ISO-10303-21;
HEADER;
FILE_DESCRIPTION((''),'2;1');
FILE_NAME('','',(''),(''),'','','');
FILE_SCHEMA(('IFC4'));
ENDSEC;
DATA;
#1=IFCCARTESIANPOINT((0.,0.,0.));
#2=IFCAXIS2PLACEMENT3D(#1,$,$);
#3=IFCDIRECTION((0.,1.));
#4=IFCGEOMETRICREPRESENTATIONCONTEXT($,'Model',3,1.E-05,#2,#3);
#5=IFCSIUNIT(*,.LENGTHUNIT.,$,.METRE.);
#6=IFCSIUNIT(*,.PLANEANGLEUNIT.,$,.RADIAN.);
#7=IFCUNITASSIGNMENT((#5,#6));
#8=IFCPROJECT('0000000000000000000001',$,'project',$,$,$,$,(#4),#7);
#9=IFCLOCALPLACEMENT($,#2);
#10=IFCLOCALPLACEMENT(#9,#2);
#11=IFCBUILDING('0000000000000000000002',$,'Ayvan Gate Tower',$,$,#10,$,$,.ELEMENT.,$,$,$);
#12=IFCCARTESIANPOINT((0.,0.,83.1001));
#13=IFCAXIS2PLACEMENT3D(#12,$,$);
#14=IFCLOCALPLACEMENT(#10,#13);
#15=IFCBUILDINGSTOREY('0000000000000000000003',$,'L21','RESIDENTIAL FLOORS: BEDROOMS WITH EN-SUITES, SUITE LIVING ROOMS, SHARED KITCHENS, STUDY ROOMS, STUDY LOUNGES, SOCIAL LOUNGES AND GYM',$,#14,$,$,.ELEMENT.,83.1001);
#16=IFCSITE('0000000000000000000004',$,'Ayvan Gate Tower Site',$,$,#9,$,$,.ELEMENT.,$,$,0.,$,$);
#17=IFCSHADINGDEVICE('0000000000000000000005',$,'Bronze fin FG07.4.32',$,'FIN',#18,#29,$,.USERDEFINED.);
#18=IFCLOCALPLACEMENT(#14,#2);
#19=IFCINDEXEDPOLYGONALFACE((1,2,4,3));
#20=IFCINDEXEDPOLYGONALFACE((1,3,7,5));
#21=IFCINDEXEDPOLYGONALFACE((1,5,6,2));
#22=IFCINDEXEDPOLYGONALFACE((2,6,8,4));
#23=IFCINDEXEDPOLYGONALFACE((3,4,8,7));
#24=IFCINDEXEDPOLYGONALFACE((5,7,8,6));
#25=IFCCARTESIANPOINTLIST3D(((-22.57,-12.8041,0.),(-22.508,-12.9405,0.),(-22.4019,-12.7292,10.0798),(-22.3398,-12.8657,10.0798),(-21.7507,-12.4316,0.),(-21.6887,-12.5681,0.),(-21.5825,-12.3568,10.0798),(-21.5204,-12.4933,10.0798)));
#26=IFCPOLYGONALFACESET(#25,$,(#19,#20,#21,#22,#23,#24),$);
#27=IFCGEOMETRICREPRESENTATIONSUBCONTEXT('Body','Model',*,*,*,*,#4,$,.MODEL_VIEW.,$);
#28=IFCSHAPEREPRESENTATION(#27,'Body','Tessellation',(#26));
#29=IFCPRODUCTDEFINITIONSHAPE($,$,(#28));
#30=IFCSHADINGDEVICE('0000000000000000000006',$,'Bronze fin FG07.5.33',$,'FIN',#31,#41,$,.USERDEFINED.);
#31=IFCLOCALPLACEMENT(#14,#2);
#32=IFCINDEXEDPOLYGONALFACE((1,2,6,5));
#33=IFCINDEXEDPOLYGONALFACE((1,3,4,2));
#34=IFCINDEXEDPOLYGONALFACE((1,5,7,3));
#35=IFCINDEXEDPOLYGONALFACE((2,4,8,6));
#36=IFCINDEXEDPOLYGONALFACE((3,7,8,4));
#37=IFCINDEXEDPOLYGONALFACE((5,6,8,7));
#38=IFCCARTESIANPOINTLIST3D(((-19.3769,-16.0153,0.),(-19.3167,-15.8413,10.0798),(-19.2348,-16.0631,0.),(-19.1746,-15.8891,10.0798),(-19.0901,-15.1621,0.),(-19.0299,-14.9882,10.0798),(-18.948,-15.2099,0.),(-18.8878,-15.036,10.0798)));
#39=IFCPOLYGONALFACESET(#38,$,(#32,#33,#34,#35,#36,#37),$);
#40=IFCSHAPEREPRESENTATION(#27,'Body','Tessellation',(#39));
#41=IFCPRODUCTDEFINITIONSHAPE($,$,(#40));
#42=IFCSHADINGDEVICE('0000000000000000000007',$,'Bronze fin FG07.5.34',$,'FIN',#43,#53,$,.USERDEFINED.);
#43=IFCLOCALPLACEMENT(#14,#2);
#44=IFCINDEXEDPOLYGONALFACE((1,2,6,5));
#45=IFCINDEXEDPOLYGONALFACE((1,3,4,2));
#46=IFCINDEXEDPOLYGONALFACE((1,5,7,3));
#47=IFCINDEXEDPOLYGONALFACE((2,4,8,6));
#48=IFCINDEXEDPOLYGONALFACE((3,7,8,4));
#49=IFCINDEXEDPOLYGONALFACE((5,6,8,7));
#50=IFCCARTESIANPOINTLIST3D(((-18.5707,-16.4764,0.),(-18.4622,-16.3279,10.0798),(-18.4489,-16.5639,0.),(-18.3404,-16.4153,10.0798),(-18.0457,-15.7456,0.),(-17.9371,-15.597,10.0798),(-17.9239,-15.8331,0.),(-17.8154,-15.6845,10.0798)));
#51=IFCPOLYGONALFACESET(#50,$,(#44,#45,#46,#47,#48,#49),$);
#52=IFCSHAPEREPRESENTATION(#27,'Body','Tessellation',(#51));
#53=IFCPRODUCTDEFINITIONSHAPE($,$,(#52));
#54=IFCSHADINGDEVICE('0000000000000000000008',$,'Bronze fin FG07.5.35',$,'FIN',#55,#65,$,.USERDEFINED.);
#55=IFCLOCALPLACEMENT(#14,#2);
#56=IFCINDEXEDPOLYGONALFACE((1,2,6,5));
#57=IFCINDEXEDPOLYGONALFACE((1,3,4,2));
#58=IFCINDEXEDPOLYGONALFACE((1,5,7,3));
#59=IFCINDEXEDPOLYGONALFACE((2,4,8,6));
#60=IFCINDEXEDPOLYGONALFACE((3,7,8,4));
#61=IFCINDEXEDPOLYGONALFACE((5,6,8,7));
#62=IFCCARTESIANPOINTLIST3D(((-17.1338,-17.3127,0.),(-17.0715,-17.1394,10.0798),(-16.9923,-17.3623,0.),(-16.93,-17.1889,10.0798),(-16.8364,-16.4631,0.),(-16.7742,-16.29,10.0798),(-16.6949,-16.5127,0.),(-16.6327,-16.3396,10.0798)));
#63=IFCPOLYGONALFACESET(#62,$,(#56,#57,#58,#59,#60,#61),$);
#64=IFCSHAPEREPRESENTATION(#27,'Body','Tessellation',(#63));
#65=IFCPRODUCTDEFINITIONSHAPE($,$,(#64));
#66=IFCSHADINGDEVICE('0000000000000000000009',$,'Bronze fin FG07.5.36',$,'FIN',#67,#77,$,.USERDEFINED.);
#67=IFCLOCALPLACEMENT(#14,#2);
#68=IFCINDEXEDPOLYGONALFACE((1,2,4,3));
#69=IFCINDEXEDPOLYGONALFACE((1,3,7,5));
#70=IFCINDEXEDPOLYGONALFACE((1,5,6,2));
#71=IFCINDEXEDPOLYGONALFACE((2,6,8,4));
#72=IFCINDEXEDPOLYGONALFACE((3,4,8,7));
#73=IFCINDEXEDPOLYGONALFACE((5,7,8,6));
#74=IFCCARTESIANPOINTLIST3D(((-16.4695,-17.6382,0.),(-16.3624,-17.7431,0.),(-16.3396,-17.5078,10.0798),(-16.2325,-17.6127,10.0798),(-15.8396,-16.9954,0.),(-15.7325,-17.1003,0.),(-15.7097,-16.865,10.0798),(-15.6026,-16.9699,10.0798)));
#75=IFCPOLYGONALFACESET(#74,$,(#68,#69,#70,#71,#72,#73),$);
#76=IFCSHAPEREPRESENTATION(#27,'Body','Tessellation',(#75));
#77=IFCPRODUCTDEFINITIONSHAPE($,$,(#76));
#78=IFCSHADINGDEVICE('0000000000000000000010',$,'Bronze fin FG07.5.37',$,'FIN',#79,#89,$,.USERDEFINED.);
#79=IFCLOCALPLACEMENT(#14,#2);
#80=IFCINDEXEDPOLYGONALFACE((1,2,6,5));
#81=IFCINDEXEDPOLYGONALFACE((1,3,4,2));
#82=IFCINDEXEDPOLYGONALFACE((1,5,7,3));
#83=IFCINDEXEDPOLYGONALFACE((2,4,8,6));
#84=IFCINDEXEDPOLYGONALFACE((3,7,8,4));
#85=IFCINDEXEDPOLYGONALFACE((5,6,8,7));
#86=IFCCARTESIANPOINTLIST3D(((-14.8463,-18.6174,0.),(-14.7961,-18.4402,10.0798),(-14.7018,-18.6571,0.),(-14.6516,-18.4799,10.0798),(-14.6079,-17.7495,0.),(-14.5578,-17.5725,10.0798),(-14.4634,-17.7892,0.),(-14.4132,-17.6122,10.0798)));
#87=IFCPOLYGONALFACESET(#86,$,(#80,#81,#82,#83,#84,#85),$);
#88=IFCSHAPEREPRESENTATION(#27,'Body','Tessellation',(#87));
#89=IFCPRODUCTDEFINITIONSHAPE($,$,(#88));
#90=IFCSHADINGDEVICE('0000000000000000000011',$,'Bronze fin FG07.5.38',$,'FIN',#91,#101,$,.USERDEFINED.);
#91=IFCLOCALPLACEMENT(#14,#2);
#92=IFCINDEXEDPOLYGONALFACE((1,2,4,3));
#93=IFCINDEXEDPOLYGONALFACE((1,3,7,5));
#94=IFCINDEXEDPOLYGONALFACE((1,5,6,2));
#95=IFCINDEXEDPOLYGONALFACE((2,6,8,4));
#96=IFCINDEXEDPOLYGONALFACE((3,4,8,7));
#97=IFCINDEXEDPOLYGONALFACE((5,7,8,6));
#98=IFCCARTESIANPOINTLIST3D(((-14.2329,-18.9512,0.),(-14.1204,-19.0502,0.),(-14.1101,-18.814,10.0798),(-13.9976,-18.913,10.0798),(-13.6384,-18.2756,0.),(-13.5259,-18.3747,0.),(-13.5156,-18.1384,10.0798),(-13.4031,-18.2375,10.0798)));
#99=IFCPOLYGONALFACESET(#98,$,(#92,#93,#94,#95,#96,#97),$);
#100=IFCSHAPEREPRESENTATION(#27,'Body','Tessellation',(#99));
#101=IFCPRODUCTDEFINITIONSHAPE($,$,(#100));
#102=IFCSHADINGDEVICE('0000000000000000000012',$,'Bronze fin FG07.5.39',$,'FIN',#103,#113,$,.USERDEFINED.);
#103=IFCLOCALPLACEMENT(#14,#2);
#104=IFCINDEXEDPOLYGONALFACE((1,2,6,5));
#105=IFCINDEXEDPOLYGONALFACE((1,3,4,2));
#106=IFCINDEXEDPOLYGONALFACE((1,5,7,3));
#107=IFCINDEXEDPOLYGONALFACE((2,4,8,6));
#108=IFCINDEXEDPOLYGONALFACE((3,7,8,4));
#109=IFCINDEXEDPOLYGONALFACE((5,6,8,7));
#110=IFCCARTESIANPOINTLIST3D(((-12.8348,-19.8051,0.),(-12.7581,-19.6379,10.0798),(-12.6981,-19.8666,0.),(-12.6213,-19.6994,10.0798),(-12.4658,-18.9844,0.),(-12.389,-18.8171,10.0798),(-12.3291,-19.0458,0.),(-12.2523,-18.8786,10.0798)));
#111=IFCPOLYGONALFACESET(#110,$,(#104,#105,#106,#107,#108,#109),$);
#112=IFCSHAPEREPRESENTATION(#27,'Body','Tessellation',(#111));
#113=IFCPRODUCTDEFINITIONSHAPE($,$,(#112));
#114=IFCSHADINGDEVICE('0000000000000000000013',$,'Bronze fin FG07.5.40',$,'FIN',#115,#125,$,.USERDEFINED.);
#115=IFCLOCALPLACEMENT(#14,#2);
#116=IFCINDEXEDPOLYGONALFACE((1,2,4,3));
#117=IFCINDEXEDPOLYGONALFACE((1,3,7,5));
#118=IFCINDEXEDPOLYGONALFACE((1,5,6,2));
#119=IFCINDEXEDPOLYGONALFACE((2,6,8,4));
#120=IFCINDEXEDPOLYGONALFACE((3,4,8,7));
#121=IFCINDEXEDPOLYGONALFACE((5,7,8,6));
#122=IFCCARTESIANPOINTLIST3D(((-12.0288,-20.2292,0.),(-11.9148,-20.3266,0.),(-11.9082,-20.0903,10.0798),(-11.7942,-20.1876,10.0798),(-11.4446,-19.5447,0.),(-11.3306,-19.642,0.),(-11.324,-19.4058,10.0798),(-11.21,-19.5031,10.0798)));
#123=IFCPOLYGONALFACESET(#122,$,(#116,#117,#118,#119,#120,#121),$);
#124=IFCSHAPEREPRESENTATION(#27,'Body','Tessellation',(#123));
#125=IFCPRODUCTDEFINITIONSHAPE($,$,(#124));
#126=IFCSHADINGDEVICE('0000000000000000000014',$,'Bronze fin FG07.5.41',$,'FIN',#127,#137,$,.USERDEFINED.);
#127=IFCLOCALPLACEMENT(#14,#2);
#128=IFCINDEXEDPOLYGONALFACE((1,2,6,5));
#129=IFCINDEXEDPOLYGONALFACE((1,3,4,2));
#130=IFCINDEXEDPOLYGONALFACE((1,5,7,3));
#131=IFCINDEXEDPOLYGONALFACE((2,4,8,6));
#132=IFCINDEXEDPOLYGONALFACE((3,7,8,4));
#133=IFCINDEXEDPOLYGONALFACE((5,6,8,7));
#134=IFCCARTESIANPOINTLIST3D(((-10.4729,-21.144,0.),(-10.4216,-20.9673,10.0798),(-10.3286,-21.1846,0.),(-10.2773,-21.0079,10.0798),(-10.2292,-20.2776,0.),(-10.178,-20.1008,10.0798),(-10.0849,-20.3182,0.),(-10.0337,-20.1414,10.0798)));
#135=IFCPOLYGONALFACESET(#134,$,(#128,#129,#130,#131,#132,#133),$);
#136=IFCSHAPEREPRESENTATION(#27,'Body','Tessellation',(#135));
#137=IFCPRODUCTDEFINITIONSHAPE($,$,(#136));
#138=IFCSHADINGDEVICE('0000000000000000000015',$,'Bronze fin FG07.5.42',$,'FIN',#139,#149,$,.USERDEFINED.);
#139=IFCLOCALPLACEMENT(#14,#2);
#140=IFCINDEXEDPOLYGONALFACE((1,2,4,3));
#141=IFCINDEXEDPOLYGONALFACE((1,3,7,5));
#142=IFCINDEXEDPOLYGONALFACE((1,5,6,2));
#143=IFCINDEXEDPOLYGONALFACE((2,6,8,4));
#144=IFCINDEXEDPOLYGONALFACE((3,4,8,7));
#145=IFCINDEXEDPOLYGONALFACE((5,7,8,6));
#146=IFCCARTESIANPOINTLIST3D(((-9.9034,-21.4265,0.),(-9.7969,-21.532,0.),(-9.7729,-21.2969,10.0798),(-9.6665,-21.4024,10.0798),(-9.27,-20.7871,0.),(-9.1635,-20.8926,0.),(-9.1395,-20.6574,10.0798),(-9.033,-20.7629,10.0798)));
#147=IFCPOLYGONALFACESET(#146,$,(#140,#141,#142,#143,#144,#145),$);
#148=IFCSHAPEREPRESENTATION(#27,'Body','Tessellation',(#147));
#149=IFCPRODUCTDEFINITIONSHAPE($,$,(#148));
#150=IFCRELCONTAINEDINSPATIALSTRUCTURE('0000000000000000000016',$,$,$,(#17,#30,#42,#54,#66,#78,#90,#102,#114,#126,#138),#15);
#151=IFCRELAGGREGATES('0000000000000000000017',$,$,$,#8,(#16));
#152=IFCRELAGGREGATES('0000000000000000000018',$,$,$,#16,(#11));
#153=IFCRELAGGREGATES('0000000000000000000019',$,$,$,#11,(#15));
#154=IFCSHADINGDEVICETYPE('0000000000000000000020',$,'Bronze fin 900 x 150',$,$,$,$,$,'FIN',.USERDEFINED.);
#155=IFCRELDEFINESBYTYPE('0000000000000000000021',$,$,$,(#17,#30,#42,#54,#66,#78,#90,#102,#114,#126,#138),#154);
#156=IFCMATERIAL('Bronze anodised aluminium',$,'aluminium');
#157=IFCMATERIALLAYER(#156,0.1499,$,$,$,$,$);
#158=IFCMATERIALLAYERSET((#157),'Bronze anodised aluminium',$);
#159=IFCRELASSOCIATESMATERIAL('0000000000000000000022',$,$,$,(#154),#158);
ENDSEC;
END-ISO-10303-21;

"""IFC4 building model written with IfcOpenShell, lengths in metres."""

from ifc_helpers import new_model, si_unit, direction, frame, origin, place, context, subcontext, project, spatial, polyline, outline, extrude, material, layer, layer_set, type_object, element, save


model = new_model("IFC4")

# Units and contexts
model_context = context("Model", 3, precision=1e-05, world=origin(), true_north=direction((0.0, 1.0)))
body_context = subcontext(model_context, "Body", "Model", "MODEL_VIEW")
ifc_project = project(units=[si_unit("LENGTHUNIT", "METRE"), si_unit("PLANEANGLEUNIT", "RADIAN")], contexts=[model_context])

# Site, building, storey
site_placement = place(None, origin())
site = spatial("IfcSite", under=ifc_project, at=site_placement, Name="Ayvan Gate Tower Site", CompositionType="ELEMENT", RefElevation=0.0)
building_placement = place(site_placement, origin())
building = spatial("IfcBuilding", under=site, at=building_placement, Name="Ayvan Gate Tower", CompositionType="ELEMENT")
storey_placement = place(building_placement, frame((0.0, 0.0, 83.1001)))
storey = spatial("IfcBuildingStorey", under=building, at=storey_placement, Name="L21", Description="RESIDENTIAL FLOORS: BEDROOMS WITH EN-SUITES, SUITE LIVING ROOMS, SHARED KITCHENS, STUDY ROOMS, STUDY LOUNGES, SOCIAL LOUNGES AND GYM", CompositionType="ELEMENT", Elevation=83.1001)

# Shared definitions
ifc_material_1 = material(Name="Bronze anodised aluminium", Category="aluminium")

# Shading devices
ifc_layer_1 = layer(ifc_material_1, 0.1499)
ifc_layer_set_1 = layer_set([ifc_layer_1], Name="Bronze anodised aluminium")
shading_device_type = type_object("IfcShadingDeviceType", Name="Bronze fin 900 x 150", ElementType="FIN", PredefinedType="USERDEFINED", material=ifc_layer_set_1)
shading_device_1_placement = place(storey_placement, frame((-21.7507, -12.4316, 0.0), z_axis=(-0.413813, 0.910362, 0.000148), x_axis=(-0.910362, -0.413813, 0.0)))
element("IfcShadingDevice", 1, at=shading_device_1_placement, inside=storey, type_object=shading_device_type, Name="Bronze fin FG07.4.32", ObjectType="FIN", PredefinedType="USERDEFINED", context=body_context, shape_type="SweptSolid", body=[
    extrude(outline(polyline([(0.0, 0.0), (0.9, 0.0), (0.7159, 10.0798), (-0.1842, 10.0798), (0.0, 0.0)])), origin(), (0.0, 0.0, -1.0), 0.1499),
])
shading_device_2_placement = place(storey_placement, frame((-19.0901, -15.1621, 0.0), z_axis=(-0.947894, 0.318587, 0.000161), x_axis=(-0.318587, -0.947894, 0.0)))
element("IfcShadingDevice", 2, at=shading_device_2_placement, inside=storey, type_object=shading_device_type, Name="Bronze fin FG07.5.33", ObjectType="FIN", PredefinedType="USERDEFINED", context=body_context, shape_type="SweptSolid", body=[
    extrude(outline(polyline([(0.0, 0.0), (0.9001, 0.0), (0.716, 10.0798), (-0.184, 10.0798), (0.0, 0.0)])), origin(), (0.0, 0.0, -1.0), 0.1499),
])
shading_device_3_placement = place(storey_placement, frame((-18.0457, -15.7456, 0.0), z_axis=(-0.812154, 0.583443, 0.000145), x_axis=(-0.583443, -0.812154, 0.0)))
element("IfcShadingDevice", 3, at=shading_device_3_placement, inside=storey, type_object=shading_device_type, Name="Bronze fin FG07.5.34", ObjectType="FIN", PredefinedType="USERDEFINED", context=body_context, shape_type="SweptSolid", body=[
    extrude(outline(polyline([(0.0, 0.0), (0.8998, 0.0), (0.7159, 10.0798), (-0.184, 10.0798), (0.0, 0.0)])), origin(), (0.0, 0.0, -1.0), 0.1499),
])
shading_device_4_placement = place(storey_placement, frame((-16.8364, -16.4631, 0.0), z_axis=(-0.943844, 0.330393, 0.000152), x_axis=(-0.330393, -0.943844, 0.0)))
element("IfcShadingDevice", 4, at=shading_device_4_placement, inside=storey, type_object=shading_device_type, Name="Bronze fin FG07.5.35", ObjectType="FIN", PredefinedType="USERDEFINED", context=body_context, shape_type="SweptSolid", body=[
    extrude(outline(polyline([(0.0, 0.0), (0.9001, 0.0), (0.716, 10.0798), (-0.1839, 10.0798), (0.0, 0.0)])), origin(), (0.0, 0.0, -1.0), 0.1499),
])
shading_device_5_placement = place(storey_placement, frame((-15.8396, -16.9954, 0.0), z_axis=(-0.714259, 0.699882, 0.000151), x_axis=(-0.699882, -0.714259, 0.0)))
element("IfcShadingDevice", 5, at=shading_device_5_placement, inside=storey, type_object=shading_device_type, Name="Bronze fin FG07.5.36", ObjectType="FIN", PredefinedType="USERDEFINED", context=body_context, shape_type="SweptSolid", body=[
    extrude(outline(polyline([(0.0, 0.0), (0.9, 0.0), (0.716, 10.0798), (-0.184, 10.0798), (0.0, 0.0)])), origin(), (0.0, 0.0, -1.0), 0.1499),
])
shading_device_6_placement = place(storey_placement, frame((-14.6079, -17.7495, 0.0), z_axis=(-0.964274, 0.264907, 0.000145), x_axis=(-0.264907, -0.964274, 0.0)))
element("IfcShadingDevice", 6, at=shading_device_6_placement, inside=storey, type_object=shading_device_type, Name="Bronze fin FG07.5.37", ObjectType="FIN", PredefinedType="USERDEFINED", context=body_context, shape_type="SweptSolid", body=[
    extrude(outline(polyline([(0.0, 0.0), (0.9, 0.0), (0.7159, 10.0798), (-0.184, 10.0798), (0.0, 0.0)])), origin(), (0.0, 0.0, -1.0), 0.1499),
])
shading_device_7_placement = place(storey_placement, frame((-13.6384, -18.2756, 0.0), z_axis=(-0.750708, 0.660634, 0.000153), x_axis=(-0.660634, -0.750708, 0.0)))
element("IfcShadingDevice", 7, at=shading_device_7_placement, inside=storey, type_object=shading_device_type, Name="Bronze fin FG07.5.38", ObjectType="FIN", PredefinedType="USERDEFINED", context=body_context, shape_type="SweptSolid", body=[
    extrude(outline(polyline([(0.0, 0.0), (0.8999, 0.0), (0.7157, 10.0798), (-0.1841, 10.0798), (0.0, 0.0)])), origin(), (0.0, 0.0, -1.0), 0.1499),
])
shading_device_8_placement = place(storey_placement, frame((-12.4658, -18.9844, 0.0), z_axis=(-0.912064, 0.410049, 0.000144), x_axis=(-0.410049, -0.912064, 0.0)))
element("IfcShadingDevice", 8, at=shading_device_8_placement, inside=storey, type_object=shading_device_type, Name="Bronze fin FG07.5.39", ObjectType="FIN", PredefinedType="USERDEFINED", context=body_context, shape_type="SweptSolid", body=[
    extrude(outline(polyline([(0.0, 0.0), (0.8999, 0.0), (0.7159, 10.0798), (-0.1841, 10.0798), (0.0, 0.0)])), origin(), (0.0, 0.0, -1.0), 0.1499),
])
shading_device_9_placement = place(storey_placement, frame((-11.4446, -19.5447, 0.0), z_axis=(-0.760653, 0.649159, 0.000155), x_axis=(-0.649159, -0.760653, 0.0)))
element("IfcShadingDevice", 9, at=shading_device_9_placement, inside=storey, type_object=shading_device_type, Name="Bronze fin FG07.5.40", ObjectType="FIN", PredefinedType="USERDEFINED", context=body_context, shape_type="SweptSolid", body=[
    extrude(outline(polyline([(0.0, 0.0), (0.9, 0.0), (0.716, 10.0798), (-0.184, 10.0798), (0.0, 0.0)])), origin(), (0.0, 0.0, -1.0), 0.1499),
])
shading_device_10_placement = place(storey_placement, frame((-10.2292, -20.2776, 0.0), z_axis=(-0.962662, 0.270706, 0.000149), x_axis=(-0.270706, -0.962662, 0.0)))
element("IfcShadingDevice", 10, at=shading_device_10_placement, inside=storey, type_object=shading_device_type, Name="Bronze fin FG07.5.41", ObjectType="FIN", PredefinedType="USERDEFINED", context=body_context, shape_type="SweptSolid", body=[
    extrude(outline(polyline([(0.0, 0.0), (0.9001, 0.0), (0.716, 10.0798), (-0.184, 10.0798), (0.0, 0.0)])), origin(), (0.0, 0.0, -1.0), 0.1499),
])
shading_device_11_placement = place(storey_placement, frame((-9.27, -20.7871, 0.0), z_axis=(-0.710422, 0.703776, 0.000146), x_axis=(-0.703776, -0.710422, 0.0)))
element("IfcShadingDevice", 11, at=shading_device_11_placement, inside=storey, type_object=shading_device_type, Name="Bronze fin FG07.5.42", ObjectType="FIN", PredefinedType="USERDEFINED", context=body_context, shape_type="SweptSolid", body=[
    extrude(outline(polyline([(0.0, 0.0), (0.8999, 0.0), (0.7161, 10.0798), (-0.184, 10.0798), (0.0, 0.0)])), origin(), (0.0, 0.0, -1.0), 0.1499),
])

save(model, "model.ifc")
